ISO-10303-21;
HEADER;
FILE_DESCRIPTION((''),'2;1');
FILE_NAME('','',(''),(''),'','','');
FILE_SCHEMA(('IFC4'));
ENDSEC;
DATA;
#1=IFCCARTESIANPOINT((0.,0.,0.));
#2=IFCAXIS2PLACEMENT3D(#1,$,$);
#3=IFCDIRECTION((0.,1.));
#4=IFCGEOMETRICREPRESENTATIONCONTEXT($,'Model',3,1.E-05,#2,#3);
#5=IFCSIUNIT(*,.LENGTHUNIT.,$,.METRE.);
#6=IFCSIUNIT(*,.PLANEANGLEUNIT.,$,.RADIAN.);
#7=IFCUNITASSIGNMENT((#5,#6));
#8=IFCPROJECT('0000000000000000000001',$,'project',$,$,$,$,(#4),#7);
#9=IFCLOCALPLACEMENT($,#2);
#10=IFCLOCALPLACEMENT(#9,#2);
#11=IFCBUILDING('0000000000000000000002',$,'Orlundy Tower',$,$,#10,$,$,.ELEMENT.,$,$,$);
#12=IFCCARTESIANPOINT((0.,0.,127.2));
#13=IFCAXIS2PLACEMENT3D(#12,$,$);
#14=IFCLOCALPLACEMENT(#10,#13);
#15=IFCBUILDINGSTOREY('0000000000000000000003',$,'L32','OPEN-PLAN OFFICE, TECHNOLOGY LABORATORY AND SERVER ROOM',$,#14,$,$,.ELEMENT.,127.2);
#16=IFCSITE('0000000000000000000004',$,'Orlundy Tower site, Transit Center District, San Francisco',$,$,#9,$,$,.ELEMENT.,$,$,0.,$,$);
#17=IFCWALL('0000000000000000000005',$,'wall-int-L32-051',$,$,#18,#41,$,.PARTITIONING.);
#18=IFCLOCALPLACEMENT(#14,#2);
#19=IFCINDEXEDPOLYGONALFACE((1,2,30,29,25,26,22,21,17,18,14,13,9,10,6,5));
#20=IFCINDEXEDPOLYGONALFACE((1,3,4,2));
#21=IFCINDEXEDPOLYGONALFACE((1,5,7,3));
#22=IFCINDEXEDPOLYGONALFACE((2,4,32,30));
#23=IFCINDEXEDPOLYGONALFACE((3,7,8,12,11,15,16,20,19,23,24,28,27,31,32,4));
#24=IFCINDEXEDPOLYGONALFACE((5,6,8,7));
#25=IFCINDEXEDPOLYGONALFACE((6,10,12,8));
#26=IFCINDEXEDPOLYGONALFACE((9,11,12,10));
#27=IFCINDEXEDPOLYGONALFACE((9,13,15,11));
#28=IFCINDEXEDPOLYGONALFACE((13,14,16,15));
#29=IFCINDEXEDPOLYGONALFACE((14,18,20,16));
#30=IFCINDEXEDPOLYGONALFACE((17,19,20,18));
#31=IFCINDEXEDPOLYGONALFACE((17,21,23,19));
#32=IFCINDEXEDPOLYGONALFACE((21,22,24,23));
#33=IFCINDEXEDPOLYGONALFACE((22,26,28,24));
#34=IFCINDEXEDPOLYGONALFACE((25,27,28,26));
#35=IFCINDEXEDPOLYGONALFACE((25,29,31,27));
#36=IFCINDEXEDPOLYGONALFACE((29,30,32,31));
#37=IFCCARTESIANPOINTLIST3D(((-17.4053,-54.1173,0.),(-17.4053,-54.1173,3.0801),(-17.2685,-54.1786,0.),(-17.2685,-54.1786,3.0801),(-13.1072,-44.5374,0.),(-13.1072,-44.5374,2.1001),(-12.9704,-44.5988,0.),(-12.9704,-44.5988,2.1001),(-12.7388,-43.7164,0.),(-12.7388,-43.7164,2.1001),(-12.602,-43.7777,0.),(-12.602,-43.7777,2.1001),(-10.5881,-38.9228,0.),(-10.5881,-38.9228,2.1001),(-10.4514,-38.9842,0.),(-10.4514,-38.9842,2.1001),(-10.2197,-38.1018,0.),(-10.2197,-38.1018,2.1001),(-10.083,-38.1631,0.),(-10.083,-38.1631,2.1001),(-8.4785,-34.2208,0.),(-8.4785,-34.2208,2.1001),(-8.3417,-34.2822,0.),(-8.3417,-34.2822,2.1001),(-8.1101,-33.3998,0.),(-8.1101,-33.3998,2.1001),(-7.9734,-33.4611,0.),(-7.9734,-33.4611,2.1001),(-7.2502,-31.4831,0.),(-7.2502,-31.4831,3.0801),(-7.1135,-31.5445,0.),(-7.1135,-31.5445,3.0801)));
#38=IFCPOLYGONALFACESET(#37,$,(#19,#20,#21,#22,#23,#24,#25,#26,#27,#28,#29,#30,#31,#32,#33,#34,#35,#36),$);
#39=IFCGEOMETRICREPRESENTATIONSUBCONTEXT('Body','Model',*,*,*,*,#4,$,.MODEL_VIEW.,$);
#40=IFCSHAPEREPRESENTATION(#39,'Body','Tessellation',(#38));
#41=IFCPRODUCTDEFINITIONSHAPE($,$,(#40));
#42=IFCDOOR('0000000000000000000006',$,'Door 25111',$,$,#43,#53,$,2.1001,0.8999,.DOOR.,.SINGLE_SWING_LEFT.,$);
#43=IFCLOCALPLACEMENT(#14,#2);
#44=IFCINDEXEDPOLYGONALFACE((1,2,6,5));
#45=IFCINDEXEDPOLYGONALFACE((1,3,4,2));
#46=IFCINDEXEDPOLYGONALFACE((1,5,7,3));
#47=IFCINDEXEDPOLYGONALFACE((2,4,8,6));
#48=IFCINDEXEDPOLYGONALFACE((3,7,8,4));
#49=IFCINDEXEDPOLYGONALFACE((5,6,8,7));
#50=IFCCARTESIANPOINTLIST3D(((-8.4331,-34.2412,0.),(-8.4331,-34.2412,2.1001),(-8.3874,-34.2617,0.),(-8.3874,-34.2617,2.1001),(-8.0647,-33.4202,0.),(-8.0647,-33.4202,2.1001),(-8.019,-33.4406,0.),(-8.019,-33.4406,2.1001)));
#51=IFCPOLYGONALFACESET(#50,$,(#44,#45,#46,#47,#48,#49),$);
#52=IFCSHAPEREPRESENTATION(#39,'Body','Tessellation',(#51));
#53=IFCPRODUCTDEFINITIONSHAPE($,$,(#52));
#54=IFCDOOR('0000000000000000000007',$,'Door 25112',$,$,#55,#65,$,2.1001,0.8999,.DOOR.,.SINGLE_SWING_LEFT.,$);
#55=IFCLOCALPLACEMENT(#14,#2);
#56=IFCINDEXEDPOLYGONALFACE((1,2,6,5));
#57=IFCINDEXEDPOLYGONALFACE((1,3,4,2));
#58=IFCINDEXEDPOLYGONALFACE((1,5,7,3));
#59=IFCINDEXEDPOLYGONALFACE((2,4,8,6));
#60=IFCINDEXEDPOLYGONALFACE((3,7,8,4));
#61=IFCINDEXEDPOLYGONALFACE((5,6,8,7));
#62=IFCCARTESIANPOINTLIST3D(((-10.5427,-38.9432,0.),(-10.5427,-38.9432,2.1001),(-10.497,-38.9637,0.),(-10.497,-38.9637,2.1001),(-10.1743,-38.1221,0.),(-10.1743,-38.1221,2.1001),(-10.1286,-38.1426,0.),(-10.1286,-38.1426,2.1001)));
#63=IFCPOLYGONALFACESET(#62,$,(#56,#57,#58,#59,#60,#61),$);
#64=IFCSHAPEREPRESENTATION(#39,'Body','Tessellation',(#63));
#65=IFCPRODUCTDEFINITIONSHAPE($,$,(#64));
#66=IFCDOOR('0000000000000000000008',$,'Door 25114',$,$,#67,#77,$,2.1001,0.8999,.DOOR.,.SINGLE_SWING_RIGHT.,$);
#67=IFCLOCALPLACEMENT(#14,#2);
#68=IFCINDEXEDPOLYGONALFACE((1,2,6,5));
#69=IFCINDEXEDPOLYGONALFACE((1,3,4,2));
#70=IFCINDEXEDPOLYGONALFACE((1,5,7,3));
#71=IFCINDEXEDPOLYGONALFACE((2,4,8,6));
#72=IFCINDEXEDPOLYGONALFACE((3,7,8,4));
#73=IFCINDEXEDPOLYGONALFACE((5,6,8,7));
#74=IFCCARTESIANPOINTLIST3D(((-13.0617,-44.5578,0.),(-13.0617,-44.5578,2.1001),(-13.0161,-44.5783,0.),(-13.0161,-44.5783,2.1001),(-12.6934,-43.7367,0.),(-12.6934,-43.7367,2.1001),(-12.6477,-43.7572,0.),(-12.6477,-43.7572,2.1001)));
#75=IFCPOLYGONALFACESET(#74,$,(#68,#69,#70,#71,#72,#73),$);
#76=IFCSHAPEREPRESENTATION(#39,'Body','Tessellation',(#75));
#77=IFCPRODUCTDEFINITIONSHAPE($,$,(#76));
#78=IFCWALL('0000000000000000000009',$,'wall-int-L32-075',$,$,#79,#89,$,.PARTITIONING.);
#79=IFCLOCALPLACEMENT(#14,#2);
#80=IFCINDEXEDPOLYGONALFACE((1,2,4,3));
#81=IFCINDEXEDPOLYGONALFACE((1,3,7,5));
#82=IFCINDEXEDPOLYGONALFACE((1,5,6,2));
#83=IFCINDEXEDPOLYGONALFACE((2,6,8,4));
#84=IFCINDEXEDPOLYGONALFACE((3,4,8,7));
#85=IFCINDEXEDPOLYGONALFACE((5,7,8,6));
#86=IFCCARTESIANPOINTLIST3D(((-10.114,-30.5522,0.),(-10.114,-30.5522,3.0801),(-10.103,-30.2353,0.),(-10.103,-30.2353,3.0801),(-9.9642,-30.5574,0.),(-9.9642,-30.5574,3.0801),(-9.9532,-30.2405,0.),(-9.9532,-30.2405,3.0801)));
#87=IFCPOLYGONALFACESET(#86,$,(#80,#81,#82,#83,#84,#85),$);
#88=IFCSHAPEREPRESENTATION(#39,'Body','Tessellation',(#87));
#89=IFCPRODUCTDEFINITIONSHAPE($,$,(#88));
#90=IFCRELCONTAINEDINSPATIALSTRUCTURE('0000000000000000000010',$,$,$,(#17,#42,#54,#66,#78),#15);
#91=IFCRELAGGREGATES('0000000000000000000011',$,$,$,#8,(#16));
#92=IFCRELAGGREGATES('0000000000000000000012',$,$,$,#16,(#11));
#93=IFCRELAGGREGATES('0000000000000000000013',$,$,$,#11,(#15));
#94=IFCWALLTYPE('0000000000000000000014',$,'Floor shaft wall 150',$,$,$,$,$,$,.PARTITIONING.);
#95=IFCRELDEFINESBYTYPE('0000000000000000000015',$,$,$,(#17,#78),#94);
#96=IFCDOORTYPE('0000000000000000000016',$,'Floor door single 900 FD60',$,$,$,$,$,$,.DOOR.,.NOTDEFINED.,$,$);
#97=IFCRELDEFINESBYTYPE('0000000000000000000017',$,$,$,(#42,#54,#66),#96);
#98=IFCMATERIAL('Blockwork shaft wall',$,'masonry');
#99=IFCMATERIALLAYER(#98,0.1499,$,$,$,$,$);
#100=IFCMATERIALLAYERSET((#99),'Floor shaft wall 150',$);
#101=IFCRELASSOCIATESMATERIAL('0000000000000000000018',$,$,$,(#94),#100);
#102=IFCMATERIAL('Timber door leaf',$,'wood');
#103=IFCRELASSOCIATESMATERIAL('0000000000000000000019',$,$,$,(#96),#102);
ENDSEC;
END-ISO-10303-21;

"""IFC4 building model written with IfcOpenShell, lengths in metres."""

from ifc_helpers import new_model, si_unit, direction, frame, frame_2d, origin, place, context, subcontext, project, spatial, rectangle, extrude, material, layer, layer_set, type_object, element, fill, save


model = new_model("IFC4")

# Units and contexts
model_context = context("Model", 3, precision=1e-05, world=origin(), true_north=direction((0.0, 1.0)))
body_context = subcontext(model_context, "Body", "Model", "MODEL_VIEW")
ifc_project = project(units=[si_unit("LENGTHUNIT", "METRE"), si_unit("PLANEANGLEUNIT", "RADIAN")], contexts=[model_context])

# Site, building, storey
site_placement = place(None, origin())
site = spatial("IfcSite", under=ifc_project, at=site_placement, Name="Orlundy Tower site, Transit Center District, San Francisco", CompositionType="ELEMENT", RefElevation=0.0)
building_placement = place(site_placement, origin())
building = spatial("IfcBuilding", under=site, at=building_placement, Name="Orlundy Tower", CompositionType="ELEMENT")
storey_placement = place(building_placement, frame((0.0, 0.0, 127.2)))
storey = spatial("IfcBuildingStorey", under=building, at=storey_placement, Name="L32", Description="OPEN-PLAN OFFICE, TECHNOLOGY LABORATORY AND SERVER ROOM", CompositionType="ELEMENT", Elevation=127.2)

# Shared definitions
ifc_material_1 = material(Name="Blockwork shaft wall", Category="masonry")
ifc_layer_1 = layer(ifc_material_1, 0.1499)
ifc_layer_set_1 = layer_set([ifc_layer_1], Name="Floor shaft wall 150")
wall_type_1 = type_object("IfcWallType", Name="Floor shaft wall 150", PredefinedType="PARTITIONING", material=ifc_layer_set_1)

# Wall, openings, doors
wall_1_placement = place(storey_placement, frame((-7.1819, -31.5139, 0.0), z_axis=(0.0, 0.0, 1.0), x_axis=(-0.409349, -0.912378, 0.0)))
wall_1 = element("IfcWall", 1, at=wall_1_placement, inside=storey, type_object=wall_type_1, Name="wall-int-L32-051", PredefinedType="PARTITIONING", context=body_context, shape_type="SweptSolid", body=[
    extrude(rectangle(XDim=24.8079, YDim=0.1499, at=frame_2d((12.4038, 0.0))), origin(), (0.0, 0.0, 1.0), 3.0801),
])
opening_1_placement = place(wall_1_placement, frame((2.1006, 0.0, 0.0)))
opening_1 = element("IfcOpeningElement", 2, at=opening_1_placement, cuts=wall_1, PredefinedType="OPENING", context=body_context, shape_type="SweptSolid", body=[
    extrude(rectangle(XDim=0.8999, YDim=2.1001, at=frame_2d((0.45, 1.05))), frame((0.0, 0.085, 0.0), z_axis=(0.0, -1.0, 0.0), x_axis=(1.0, 0.0, 0.0)), (0.0, 0.0, 1.0), 0.1699),
])
opening_2_placement = place(wall_1_placement, frame((7.2542, 0.0, 0.0)))
opening_2 = element("IfcOpeningElement", 3, at=opening_2_placement, cuts=wall_1, PredefinedType="OPENING", context=body_context, shape_type="SweptSolid", body=[
    extrude(rectangle(XDim=0.8999, YDim=2.1001, at=frame_2d((0.45, 1.05))), frame((0.0, 0.085, 0.0), z_axis=(0.0, -1.0, 0.0), x_axis=(1.0, 0.0, 0.0)), (0.0, 0.0, 1.0), 0.1699),
])
opening_3_placement = place(wall_1_placement, frame((13.408, 0.0, 0.0)))
opening_3 = element("IfcOpeningElement", 4, at=opening_3_placement, cuts=wall_1, PredefinedType="OPENING", context=body_context, shape_type="SweptSolid", body=[
    extrude(rectangle(XDim=0.8999, YDim=2.1001, at=frame_2d((0.45, 1.05))), frame((0.0, 0.085, 0.0), z_axis=(0.0, -1.0, 0.0), x_axis=(1.0, 0.0, 0.0)), (0.0, 0.0, 1.0), 0.1699),
])
ifc_material_2 = material(Name="Timber door leaf", Category="wood")
door_type_1 = type_object("IfcDoorType", Name="Floor door single 900 FD60", OperationType="NOTDEFINED", PredefinedType="DOOR", material=ifc_material_2)
door_1_placement = place(opening_1_placement, origin())
door_1 = element("IfcDoor", 5, at=door_1_placement, inside=storey, type_object=door_type_1, Name="Door 25111", OperationType="SINGLE_SWING_LEFT", OverallHeight=2.1001, OverallWidth=0.8999, PredefinedType="DOOR", context=body_context, shape_type="SweptSolid", body=[
    extrude(rectangle(XDim=0.8999, YDim=2.1001, at=frame_2d((0.45, 1.05))), frame((0.0, 0.0249, 0.0), z_axis=(0.0, -1.0, 0.0), x_axis=(1.0, 0.0, 0.0)), (0.0, 0.0, 1.0), 0.05),
])
fill(opening_1, door_1)
door_2_placement = place(opening_2_placement, origin())
door_2 = element("IfcDoor", 6, at=door_2_placement, inside=storey, type_object=door_type_1, Name="Door 25112", OperationType="SINGLE_SWING_LEFT", OverallHeight=2.1001, OverallWidth=0.8999, PredefinedType="DOOR", context=body_context, shape_type="SweptSolid", body=[
    extrude(rectangle(XDim=0.8999, YDim=2.1001, at=frame_2d((0.45, 1.05))), frame((0.0, 0.0249, 0.0), z_axis=(0.0, -1.0, 0.0), x_axis=(1.0, 0.0, 0.0)), (0.0, 0.0, 1.0), 0.05),
])
fill(opening_2, door_2)
door_3_placement = place(opening_3_placement, origin())
door_3 = element("IfcDoor", 7, at=door_3_placement, inside=storey, type_object=door_type_1, Name="Door 25114", OperationType="SINGLE_SWING_RIGHT", OverallHeight=2.1001, OverallWidth=0.8999, PredefinedType="DOOR", context=body_context, shape_type="SweptSolid", body=[
    extrude(rectangle(XDim=0.8999, YDim=2.1001, at=frame_2d((0.45, 1.05))), frame((0.0, 0.0249, 0.0), z_axis=(0.0, -1.0, 0.0), x_axis=(1.0, 0.0, 0.0)), (0.0, 0.0, 1.0), 0.05),
])
fill(opening_3, door_3)

# Wall
wall_2_placement = place(storey_placement, frame((-10.0391, -30.5549, 0.0), z_axis=(0.0, 0.0, 1.0), x_axis=(0.034648, 0.9994, 0.0)))
element("IfcWall", 8, at=wall_2_placement, inside=storey, type_object=wall_type_1, Name="wall-int-L32-075", PredefinedType="PARTITIONING", context=body_context, shape_type="SweptSolid", body=[
    extrude(rectangle(XDim=0.3171, YDim=0.1499, at=frame_2d((0.1587, 0.0))), origin(), (0.0, 0.0, 1.0), 3.0801),
])

save(model, "model.ifc")
